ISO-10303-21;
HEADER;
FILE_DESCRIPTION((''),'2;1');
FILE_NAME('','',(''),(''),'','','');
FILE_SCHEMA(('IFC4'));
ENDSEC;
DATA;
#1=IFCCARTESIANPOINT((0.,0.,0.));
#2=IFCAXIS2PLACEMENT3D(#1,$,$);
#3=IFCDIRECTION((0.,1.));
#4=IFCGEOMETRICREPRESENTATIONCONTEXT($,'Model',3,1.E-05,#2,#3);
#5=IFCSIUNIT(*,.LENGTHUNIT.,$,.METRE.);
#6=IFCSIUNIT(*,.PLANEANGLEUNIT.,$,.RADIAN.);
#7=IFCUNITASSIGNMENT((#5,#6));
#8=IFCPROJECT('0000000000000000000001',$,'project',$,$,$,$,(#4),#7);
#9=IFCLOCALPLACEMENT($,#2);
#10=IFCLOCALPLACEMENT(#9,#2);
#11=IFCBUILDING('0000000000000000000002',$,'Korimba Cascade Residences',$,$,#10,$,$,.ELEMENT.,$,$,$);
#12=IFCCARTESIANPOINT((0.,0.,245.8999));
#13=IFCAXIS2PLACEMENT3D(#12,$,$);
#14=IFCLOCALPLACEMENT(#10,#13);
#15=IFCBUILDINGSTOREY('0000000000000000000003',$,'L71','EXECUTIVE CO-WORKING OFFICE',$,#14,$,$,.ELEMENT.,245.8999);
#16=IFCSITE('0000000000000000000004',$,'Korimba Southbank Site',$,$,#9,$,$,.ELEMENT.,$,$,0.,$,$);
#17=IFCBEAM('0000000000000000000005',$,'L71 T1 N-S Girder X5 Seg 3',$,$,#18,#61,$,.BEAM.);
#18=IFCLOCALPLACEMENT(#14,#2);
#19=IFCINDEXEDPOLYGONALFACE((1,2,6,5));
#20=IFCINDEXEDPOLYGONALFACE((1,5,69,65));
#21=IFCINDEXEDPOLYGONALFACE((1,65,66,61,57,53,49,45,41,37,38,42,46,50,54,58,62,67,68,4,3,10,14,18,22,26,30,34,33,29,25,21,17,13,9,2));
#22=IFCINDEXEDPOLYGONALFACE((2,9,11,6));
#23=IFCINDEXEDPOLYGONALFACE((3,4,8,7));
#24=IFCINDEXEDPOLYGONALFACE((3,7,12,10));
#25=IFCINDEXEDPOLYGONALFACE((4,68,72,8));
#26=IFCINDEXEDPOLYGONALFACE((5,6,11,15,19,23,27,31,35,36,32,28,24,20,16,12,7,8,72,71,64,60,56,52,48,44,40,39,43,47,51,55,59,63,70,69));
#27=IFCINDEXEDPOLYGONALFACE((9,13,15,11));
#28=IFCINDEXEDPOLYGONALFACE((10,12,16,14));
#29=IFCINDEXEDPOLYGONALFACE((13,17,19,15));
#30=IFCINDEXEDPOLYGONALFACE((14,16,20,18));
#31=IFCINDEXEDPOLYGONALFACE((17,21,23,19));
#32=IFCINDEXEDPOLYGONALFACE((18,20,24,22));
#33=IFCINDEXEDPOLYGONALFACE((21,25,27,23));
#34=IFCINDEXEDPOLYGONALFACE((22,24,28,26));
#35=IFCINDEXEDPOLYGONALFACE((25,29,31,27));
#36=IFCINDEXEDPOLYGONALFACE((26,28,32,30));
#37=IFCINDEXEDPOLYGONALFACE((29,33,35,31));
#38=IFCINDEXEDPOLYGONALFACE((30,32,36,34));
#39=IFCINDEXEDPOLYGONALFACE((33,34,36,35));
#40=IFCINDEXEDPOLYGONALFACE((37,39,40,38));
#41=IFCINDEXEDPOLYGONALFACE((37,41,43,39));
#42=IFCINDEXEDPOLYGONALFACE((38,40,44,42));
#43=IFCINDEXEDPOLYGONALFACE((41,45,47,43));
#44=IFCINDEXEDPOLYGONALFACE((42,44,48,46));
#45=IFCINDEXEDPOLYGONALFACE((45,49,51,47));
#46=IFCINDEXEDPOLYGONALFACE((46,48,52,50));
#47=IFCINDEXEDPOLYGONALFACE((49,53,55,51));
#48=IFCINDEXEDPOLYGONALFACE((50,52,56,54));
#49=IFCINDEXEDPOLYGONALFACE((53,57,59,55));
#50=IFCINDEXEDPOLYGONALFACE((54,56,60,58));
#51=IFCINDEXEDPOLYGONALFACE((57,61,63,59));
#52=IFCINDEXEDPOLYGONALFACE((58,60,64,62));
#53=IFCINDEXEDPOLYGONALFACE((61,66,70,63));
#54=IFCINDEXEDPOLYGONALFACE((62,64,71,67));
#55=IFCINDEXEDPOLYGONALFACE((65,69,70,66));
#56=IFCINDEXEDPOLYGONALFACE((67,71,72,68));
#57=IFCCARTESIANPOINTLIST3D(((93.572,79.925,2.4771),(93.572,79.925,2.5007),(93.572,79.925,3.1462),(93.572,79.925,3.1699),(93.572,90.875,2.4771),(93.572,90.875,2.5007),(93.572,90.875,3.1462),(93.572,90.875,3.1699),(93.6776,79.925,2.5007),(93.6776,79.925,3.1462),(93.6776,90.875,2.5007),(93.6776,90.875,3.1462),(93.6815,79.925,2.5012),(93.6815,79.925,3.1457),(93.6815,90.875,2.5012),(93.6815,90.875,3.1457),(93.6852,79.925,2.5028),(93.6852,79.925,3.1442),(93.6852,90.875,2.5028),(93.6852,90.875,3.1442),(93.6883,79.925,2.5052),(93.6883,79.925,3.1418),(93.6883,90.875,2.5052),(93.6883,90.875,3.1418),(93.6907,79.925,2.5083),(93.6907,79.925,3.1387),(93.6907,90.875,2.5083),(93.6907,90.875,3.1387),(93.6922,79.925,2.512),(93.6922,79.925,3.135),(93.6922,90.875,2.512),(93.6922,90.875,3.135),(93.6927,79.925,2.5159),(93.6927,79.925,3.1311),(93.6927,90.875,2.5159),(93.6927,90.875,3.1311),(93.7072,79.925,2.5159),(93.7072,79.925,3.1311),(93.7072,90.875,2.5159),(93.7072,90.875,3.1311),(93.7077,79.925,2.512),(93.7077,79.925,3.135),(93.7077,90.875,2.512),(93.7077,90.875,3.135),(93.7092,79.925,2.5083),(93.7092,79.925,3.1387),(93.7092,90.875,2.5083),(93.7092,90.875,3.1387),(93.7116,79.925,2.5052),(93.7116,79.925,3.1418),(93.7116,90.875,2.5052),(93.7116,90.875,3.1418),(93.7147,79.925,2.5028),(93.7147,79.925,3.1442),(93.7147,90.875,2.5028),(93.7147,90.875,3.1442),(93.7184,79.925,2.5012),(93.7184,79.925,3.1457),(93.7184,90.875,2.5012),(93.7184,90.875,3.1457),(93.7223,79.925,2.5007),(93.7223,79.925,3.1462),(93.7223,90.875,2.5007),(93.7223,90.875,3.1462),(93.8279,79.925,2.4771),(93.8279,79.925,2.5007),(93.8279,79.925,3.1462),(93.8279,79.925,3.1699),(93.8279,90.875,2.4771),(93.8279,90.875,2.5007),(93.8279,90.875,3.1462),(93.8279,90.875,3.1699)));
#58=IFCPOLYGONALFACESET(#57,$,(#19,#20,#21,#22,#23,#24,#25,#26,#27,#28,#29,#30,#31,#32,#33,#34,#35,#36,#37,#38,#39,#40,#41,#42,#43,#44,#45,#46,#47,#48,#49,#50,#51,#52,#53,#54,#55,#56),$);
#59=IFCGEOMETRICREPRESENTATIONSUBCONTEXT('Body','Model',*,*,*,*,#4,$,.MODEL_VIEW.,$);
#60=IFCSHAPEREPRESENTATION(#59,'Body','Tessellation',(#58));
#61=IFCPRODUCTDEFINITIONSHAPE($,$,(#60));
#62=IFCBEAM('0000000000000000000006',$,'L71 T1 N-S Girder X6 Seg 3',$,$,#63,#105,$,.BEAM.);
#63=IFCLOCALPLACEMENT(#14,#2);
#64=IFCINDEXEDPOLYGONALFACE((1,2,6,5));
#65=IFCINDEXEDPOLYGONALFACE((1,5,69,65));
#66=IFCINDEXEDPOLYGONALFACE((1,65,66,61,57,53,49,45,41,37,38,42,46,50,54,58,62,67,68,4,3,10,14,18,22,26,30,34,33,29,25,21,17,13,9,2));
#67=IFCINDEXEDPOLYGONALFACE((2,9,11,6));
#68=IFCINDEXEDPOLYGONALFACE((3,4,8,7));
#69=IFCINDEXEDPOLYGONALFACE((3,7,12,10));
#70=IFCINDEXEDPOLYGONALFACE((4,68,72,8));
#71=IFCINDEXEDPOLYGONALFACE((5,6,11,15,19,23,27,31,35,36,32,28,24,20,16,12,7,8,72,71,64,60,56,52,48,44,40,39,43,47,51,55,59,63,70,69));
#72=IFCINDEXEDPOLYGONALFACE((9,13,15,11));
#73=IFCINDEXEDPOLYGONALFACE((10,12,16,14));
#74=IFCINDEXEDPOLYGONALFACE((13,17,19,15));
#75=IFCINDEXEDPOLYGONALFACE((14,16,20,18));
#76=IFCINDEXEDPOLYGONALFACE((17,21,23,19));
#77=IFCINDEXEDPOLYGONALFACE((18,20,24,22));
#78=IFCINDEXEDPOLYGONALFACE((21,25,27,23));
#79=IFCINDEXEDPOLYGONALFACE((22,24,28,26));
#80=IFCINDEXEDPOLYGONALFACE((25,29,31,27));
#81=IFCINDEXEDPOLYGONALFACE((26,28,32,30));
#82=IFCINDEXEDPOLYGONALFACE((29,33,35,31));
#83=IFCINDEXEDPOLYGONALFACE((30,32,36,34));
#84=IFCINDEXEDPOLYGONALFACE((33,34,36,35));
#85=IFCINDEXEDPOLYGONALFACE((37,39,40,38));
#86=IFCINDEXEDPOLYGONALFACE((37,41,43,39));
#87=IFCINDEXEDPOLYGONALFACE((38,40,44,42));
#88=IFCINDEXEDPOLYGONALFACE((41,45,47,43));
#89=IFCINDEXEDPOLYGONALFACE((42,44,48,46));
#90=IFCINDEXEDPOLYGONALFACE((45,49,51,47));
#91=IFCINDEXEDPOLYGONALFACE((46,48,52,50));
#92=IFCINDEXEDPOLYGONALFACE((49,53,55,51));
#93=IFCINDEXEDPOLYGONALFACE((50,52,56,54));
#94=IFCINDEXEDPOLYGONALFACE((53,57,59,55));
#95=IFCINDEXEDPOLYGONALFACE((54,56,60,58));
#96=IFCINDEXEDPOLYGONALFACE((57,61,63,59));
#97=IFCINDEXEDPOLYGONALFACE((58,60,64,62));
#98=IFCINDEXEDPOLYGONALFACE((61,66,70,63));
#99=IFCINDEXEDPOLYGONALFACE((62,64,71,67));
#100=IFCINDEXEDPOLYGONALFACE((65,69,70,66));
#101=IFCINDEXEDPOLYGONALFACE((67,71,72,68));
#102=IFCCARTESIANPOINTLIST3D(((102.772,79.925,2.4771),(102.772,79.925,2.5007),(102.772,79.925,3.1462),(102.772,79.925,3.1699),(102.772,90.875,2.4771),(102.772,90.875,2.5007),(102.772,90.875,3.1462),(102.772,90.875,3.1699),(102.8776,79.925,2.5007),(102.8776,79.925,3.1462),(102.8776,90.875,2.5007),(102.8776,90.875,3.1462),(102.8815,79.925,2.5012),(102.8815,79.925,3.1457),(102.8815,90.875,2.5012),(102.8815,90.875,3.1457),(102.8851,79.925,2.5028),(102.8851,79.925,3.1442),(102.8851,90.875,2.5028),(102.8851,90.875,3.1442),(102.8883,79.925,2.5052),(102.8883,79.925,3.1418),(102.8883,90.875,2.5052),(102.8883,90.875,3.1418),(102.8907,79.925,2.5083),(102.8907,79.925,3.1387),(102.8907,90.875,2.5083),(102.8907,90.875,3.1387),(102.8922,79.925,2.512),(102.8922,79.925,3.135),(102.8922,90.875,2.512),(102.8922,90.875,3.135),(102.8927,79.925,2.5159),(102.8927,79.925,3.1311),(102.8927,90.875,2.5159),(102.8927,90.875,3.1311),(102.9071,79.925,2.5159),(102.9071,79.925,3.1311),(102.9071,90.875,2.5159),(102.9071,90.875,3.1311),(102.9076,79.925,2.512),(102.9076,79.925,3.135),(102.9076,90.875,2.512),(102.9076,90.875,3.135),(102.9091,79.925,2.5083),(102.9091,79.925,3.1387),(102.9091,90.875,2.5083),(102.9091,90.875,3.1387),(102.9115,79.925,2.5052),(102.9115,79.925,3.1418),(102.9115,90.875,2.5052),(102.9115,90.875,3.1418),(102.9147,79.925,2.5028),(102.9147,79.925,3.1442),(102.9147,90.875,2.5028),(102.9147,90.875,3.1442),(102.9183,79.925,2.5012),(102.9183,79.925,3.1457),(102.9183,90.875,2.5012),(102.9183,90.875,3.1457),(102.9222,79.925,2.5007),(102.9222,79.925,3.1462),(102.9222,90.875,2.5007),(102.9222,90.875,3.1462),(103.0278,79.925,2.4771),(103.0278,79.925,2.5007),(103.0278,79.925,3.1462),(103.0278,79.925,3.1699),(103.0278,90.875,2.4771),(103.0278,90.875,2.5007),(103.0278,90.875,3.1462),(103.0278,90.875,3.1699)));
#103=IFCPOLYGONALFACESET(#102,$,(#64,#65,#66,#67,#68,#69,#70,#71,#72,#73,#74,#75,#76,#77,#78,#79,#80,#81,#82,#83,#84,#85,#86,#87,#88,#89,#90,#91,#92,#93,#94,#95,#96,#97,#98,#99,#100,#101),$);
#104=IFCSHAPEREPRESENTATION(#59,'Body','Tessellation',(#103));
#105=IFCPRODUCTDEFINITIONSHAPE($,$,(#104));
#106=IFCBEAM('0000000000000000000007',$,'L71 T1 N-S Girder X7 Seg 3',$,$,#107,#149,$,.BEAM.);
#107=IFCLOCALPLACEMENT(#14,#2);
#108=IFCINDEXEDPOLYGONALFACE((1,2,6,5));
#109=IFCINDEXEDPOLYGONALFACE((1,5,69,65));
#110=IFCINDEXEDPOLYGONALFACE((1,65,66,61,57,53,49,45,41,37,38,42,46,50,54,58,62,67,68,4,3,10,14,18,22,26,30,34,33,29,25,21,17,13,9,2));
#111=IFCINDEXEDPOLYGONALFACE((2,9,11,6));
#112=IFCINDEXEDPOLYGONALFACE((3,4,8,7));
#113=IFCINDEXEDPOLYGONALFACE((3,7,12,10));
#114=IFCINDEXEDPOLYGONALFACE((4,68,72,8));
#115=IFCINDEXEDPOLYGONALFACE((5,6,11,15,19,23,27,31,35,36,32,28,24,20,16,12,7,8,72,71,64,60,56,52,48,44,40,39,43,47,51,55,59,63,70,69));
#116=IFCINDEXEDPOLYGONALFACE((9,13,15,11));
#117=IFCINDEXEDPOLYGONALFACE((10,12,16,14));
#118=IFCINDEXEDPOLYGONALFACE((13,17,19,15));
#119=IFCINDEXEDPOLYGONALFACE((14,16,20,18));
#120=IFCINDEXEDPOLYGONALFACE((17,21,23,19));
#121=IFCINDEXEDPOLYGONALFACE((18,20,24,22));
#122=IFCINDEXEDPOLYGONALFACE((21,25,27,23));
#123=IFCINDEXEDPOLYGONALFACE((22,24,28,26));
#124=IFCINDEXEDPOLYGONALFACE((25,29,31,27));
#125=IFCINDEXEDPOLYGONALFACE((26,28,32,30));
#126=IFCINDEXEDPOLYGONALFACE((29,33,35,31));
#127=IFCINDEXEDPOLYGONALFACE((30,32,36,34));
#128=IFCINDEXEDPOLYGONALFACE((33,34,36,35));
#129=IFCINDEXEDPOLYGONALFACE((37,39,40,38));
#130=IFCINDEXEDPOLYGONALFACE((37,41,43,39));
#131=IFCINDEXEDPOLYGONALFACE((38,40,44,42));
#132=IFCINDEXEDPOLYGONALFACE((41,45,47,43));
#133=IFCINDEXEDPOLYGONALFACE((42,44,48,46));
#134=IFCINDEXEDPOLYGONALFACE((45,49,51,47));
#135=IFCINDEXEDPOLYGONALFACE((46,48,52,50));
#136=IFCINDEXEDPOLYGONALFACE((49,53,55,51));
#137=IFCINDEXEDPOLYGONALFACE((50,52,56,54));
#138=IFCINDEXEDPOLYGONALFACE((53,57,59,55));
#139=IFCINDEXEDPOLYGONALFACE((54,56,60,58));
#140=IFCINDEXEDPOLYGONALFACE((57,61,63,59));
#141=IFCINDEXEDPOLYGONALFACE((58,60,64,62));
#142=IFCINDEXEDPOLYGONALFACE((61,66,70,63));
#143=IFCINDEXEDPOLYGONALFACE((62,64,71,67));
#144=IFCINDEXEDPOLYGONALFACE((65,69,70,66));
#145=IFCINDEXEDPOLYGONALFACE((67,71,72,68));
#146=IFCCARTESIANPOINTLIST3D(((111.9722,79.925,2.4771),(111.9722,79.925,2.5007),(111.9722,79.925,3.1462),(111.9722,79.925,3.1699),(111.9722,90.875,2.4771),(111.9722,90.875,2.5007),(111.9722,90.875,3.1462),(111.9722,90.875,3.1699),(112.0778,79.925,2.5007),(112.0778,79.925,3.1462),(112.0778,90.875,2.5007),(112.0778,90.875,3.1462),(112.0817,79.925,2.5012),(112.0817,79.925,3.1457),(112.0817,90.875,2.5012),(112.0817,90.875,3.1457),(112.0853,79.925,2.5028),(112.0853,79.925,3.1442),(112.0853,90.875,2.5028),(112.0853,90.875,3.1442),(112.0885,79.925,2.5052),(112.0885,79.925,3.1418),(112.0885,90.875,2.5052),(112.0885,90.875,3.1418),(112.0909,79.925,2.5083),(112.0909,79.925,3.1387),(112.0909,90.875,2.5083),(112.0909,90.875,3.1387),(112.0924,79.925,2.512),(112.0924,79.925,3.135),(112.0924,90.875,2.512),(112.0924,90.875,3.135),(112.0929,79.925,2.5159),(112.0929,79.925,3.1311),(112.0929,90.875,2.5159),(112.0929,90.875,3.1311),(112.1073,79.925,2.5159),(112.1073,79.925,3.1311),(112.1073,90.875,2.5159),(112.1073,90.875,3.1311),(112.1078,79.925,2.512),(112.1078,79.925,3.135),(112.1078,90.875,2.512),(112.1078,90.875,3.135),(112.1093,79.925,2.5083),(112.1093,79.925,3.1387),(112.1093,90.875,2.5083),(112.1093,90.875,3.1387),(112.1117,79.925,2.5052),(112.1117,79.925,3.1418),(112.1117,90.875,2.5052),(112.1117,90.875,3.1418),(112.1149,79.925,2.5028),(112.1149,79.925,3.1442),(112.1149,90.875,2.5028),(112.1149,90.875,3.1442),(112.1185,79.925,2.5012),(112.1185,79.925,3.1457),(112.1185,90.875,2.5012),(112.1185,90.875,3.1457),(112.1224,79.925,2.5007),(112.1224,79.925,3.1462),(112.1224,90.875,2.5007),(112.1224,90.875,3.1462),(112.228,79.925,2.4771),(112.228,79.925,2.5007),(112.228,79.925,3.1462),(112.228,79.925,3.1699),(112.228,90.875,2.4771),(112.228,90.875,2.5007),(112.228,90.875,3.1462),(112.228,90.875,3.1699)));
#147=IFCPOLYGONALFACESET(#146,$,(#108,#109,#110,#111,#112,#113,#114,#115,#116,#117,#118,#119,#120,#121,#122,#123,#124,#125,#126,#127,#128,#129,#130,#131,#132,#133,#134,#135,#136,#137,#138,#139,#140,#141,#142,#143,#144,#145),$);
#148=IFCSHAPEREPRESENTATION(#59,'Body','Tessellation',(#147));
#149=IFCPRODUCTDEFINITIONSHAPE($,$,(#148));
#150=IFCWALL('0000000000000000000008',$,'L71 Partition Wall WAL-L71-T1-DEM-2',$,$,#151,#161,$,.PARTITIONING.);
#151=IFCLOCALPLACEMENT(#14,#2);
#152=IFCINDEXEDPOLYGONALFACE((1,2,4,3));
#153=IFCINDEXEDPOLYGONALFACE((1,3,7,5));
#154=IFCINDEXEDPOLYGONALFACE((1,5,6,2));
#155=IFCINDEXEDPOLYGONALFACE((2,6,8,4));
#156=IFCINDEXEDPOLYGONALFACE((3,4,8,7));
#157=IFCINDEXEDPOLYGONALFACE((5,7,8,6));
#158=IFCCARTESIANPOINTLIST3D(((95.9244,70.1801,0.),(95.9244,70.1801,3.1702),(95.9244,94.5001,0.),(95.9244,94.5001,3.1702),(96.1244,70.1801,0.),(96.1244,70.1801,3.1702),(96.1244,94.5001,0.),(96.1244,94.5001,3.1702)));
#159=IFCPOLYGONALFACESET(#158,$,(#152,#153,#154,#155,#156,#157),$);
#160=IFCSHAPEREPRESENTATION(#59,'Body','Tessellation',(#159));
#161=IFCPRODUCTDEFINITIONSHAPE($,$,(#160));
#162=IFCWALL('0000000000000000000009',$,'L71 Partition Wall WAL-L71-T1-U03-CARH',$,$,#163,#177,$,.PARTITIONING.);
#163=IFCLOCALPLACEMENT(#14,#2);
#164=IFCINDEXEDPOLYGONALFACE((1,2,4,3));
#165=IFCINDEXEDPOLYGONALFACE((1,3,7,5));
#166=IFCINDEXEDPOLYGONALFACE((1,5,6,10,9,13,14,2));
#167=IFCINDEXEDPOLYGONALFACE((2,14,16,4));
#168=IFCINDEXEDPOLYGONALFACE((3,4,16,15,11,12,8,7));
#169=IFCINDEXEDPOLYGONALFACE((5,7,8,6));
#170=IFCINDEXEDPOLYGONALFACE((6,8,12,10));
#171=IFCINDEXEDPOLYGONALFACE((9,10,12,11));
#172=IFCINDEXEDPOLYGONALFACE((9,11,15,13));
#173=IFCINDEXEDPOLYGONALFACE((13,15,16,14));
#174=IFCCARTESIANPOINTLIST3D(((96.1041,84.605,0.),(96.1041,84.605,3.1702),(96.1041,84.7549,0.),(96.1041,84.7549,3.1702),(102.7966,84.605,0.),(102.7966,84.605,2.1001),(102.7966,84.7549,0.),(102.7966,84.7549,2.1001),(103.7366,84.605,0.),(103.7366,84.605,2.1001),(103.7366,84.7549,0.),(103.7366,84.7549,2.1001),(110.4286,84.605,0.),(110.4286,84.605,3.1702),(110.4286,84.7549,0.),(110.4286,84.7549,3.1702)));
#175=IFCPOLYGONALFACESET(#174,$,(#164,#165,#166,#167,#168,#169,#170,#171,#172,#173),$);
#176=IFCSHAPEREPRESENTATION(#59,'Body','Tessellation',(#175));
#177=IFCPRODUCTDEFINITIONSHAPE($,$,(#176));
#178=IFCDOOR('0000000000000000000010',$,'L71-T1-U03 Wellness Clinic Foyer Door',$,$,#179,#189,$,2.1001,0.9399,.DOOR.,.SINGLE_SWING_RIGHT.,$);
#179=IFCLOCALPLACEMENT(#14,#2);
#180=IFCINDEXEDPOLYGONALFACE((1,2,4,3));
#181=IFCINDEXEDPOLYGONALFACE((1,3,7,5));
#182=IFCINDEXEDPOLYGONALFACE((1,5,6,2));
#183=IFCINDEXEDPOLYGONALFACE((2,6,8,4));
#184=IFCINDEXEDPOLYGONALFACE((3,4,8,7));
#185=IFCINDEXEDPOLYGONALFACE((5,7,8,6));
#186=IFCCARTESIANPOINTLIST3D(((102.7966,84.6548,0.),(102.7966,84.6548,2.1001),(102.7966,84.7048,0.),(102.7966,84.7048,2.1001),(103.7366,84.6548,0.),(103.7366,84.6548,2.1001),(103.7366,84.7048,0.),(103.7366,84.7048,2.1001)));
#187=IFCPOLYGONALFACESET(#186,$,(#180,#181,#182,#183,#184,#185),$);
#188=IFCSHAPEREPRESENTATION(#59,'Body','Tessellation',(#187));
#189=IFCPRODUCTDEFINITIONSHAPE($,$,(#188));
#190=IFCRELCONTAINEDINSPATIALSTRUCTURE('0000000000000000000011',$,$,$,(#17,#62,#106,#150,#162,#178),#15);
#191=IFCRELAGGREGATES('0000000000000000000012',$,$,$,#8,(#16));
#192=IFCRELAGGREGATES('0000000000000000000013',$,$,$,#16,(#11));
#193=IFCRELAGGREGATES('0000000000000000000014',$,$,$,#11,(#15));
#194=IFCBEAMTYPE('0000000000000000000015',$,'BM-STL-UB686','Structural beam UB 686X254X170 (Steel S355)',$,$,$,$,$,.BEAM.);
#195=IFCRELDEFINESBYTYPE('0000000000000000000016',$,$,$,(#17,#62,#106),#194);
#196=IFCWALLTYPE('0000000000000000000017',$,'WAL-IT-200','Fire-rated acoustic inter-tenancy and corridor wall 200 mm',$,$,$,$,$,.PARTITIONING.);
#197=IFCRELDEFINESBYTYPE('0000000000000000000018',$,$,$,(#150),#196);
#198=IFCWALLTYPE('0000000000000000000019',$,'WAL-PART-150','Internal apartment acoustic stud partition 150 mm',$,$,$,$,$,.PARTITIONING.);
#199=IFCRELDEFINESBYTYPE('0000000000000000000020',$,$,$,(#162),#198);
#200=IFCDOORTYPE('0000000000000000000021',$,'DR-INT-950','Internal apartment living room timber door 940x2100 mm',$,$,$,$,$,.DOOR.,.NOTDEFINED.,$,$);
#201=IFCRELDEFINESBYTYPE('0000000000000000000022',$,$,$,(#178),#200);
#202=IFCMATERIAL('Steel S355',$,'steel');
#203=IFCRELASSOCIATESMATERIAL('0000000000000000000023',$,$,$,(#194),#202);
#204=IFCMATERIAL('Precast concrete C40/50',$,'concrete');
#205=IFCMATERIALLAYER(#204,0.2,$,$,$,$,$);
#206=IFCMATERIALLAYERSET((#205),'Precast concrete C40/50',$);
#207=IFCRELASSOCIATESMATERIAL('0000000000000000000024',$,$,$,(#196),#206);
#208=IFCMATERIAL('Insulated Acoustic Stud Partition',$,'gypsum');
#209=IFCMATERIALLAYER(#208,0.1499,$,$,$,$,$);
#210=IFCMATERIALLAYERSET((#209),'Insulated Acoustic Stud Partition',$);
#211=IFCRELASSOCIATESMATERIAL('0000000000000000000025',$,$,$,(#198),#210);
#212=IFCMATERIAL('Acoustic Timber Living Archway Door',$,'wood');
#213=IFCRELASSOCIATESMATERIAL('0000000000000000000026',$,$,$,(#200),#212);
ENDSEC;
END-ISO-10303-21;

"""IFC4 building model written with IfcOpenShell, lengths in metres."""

from ifc_helpers import new_model, si_unit, direction, frame, frame_2d, origin, origin_2d, place, context, subcontext, project, spatial, rectangle, i_section, extrude, material, layer, layer_set, material_profile, profile_set, type_object, element, fill, save


model = new_model("IFC4")

# Units and contexts
model_context = context("Model", 3, precision=1e-05, world=origin(), true_north=direction((0.0, 1.0)))
body_context = subcontext(model_context, "Body", "Model", "MODEL_VIEW")
ifc_project = project(units=[si_unit("LENGTHUNIT", "METRE"), si_unit("PLANEANGLEUNIT", "RADIAN")], contexts=[model_context])

# Site, building, storey
site_placement = place(None, origin())
site = spatial("IfcSite", under=ifc_project, at=site_placement, Name="Korimba Southbank Site", CompositionType="ELEMENT", RefElevation=0.0)
building_placement = place(site_placement, origin())
building = spatial("IfcBuilding", under=site, at=building_placement, Name="Korimba Cascade Residences", CompositionType="ELEMENT")
storey_placement = place(building_placement, frame((0.0, 0.0, 245.8999)))
storey = spatial("IfcBuildingStorey", under=building, at=storey_placement, Name="L71", Description="EXECUTIVE CO-WORKING OFFICE", CompositionType="ELEMENT", Elevation=245.8999)

# Beams
ifc_material_1 = material(Name="Steel S355", Category="steel")
ifc_material_profile_1 = material_profile(ifc_material_1, i_section(OverallWidth=0.2559, OverallDepth=0.6929, WebThickness=0.0144, FlangeThickness=0.0237, FilletRadius=0.0151, at=origin_2d()), Name="Steel S355")
ifc_profile_set_1 = profile_set([ifc_material_profile_1], Name="Steel S355")
beam_type_1 = type_object("IfcBeamType", Name="BM-STL-UB686", Description="Structural beam UB 686X254X170 (Steel S355)", PredefinedType="BEAM", material=ifc_profile_set_1)
for number, where, z_axis, x_axis, name in (
    (1, (93.7, 79.925, 2.8235), (0.0, 1.0, 0.0), (-1.0, 0.0, 0.0), "L71 T1 N-S Girder X5 Seg 3"),
    (2, (102.8999, 79.925, 2.8235), (0.0, 1.0, 0.0), (-1.0, 0.0, 0.0), "L71 T1 N-S Girder X6 Seg 3"),
    (3, (112.1001, 79.925, 2.8235), (0.0, 1.0, 0.0), (-1.0, 0.0, 0.0), "L71 T1 N-S Girder X7 Seg 3"),
):
    element("IfcBeam", number, at=place(storey_placement, frame(where, z_axis=z_axis, x_axis=x_axis)), inside=storey, type_object=beam_type_1, Name=name, PredefinedType="BEAM", context=body_context, shape_type="SweptSolid", body=[
        extrude(i_section(OverallWidth=0.2559, OverallDepth=0.6929, WebThickness=0.0144, FlangeThickness=0.0237, FilletRadius=0.0151, at=origin_2d()), origin(), (0.0, 0.0, 1.0), 10.95),
    ])

# Wall
ifc_material_2 = material(Name="Precast concrete C40/50", Category="concrete")
ifc_layer_1 = layer(ifc_material_2, 0.2)
ifc_layer_set_1 = layer_set([ifc_layer_1], Name="Precast concrete C40/50")
wall_type_1 = type_object("IfcWallType", Name="WAL-IT-200", Description="Fire-rated acoustic inter-tenancy and corridor wall 200 mm", PredefinedType="PARTITIONING", material=ifc_layer_set_1)
wall_1_placement = place(storey_placement, frame((96.0244, 70.1799, 0.0), z_axis=(0.0, 0.0, 1.0), x_axis=(0.0, 1.0, 0.0)))
element("IfcWall", 4, at=wall_1_placement, inside=storey, type_object=wall_type_1, Name="L71 Partition Wall WAL-L71-T1-DEM-2", PredefinedType="PARTITIONING", context=body_context, shape_type="SweptSolid", body=[
    extrude(rectangle(XDim=24.3201, YDim=0.2, at=frame_2d((12.1602, 0.0))), origin(), (0.0, 0.0, 1.0), 3.1702),
])

# Wall, opening, door
ifc_material_3 = material(Name="Insulated Acoustic Stud Partition", Category="gypsum")
ifc_layer_2 = layer(ifc_material_3, 0.1499)
ifc_layer_set_2 = layer_set([ifc_layer_2], Name="Insulated Acoustic Stud Partition")
wall_type_2 = type_object("IfcWallType", Name="WAL-PART-150", Description="Internal apartment acoustic stud partition 150 mm", PredefinedType="PARTITIONING", material=ifc_layer_set_2)
wall_2_placement = place(storey_placement, frame((96.1042, 84.6799, 0.0), z_axis=(0.0, 0.0, 1.0), x_axis=(1.0, 0.0, 0.0)))
wall_2 = element("IfcWall", 5, at=wall_2_placement, inside=storey, type_object=wall_type_2, Name="L71 Partition Wall WAL-L71-T1-U03-CARH", PredefinedType="PARTITIONING", context=body_context, shape_type="SweptSolid", body=[
    extrude(rectangle(XDim=14.3245, YDim=0.1499, at=frame_2d((7.1621, 0.0))), origin(), (0.0, 0.0, 1.0), 3.1702),
])
opening_1_placement = place(wall_2_placement, frame((6.6924, 0.0, 0.0)))
opening_1 = element("IfcOpeningElement", 6, at=opening_1_placement, cuts=wall_2, PredefinedType="OPENING", context=body_context, shape_type="SweptSolid", body=[
    extrude(rectangle(XDim=0.9399, YDim=2.1001, at=frame_2d((0.47, 1.05))), frame((0.0, 0.085, 0.0), z_axis=(0.0, -1.0, 0.0), x_axis=(1.0, 0.0, 0.0)), (0.0, 0.0, 1.0), 0.1699),
])
ifc_material_4 = material(Name="Acoustic Timber Living Archway Door", Category="wood")
door_type_1 = type_object("IfcDoorType", Name="DR-INT-950", Description="Internal apartment living room timber door 940x2100 mm", OperationType="NOTDEFINED", PredefinedType="DOOR", material=ifc_material_4)
door_1_placement = place(opening_1_placement, origin())
door_1 = element("IfcDoor", 7, at=door_1_placement, inside=storey, type_object=door_type_1, Name="L71-T1-U03 Wellness Clinic Foyer Door", OperationType="SINGLE_SWING_RIGHT", OverallHeight=2.1001, OverallWidth=0.9399, PredefinedType="DOOR", context=body_context, shape_type="SweptSolid", body=[
    extrude(rectangle(XDim=0.9399, YDim=2.1001, at=frame_2d((0.47, 1.05))), frame((0.0, 0.0249, 0.0), z_axis=(0.0, -1.0, 0.0), x_axis=(1.0, 0.0, 0.0)), (0.0, 0.0, 1.0), 0.05),
])
fill(opening_1, door_1)

save(model, "model.ifc")
